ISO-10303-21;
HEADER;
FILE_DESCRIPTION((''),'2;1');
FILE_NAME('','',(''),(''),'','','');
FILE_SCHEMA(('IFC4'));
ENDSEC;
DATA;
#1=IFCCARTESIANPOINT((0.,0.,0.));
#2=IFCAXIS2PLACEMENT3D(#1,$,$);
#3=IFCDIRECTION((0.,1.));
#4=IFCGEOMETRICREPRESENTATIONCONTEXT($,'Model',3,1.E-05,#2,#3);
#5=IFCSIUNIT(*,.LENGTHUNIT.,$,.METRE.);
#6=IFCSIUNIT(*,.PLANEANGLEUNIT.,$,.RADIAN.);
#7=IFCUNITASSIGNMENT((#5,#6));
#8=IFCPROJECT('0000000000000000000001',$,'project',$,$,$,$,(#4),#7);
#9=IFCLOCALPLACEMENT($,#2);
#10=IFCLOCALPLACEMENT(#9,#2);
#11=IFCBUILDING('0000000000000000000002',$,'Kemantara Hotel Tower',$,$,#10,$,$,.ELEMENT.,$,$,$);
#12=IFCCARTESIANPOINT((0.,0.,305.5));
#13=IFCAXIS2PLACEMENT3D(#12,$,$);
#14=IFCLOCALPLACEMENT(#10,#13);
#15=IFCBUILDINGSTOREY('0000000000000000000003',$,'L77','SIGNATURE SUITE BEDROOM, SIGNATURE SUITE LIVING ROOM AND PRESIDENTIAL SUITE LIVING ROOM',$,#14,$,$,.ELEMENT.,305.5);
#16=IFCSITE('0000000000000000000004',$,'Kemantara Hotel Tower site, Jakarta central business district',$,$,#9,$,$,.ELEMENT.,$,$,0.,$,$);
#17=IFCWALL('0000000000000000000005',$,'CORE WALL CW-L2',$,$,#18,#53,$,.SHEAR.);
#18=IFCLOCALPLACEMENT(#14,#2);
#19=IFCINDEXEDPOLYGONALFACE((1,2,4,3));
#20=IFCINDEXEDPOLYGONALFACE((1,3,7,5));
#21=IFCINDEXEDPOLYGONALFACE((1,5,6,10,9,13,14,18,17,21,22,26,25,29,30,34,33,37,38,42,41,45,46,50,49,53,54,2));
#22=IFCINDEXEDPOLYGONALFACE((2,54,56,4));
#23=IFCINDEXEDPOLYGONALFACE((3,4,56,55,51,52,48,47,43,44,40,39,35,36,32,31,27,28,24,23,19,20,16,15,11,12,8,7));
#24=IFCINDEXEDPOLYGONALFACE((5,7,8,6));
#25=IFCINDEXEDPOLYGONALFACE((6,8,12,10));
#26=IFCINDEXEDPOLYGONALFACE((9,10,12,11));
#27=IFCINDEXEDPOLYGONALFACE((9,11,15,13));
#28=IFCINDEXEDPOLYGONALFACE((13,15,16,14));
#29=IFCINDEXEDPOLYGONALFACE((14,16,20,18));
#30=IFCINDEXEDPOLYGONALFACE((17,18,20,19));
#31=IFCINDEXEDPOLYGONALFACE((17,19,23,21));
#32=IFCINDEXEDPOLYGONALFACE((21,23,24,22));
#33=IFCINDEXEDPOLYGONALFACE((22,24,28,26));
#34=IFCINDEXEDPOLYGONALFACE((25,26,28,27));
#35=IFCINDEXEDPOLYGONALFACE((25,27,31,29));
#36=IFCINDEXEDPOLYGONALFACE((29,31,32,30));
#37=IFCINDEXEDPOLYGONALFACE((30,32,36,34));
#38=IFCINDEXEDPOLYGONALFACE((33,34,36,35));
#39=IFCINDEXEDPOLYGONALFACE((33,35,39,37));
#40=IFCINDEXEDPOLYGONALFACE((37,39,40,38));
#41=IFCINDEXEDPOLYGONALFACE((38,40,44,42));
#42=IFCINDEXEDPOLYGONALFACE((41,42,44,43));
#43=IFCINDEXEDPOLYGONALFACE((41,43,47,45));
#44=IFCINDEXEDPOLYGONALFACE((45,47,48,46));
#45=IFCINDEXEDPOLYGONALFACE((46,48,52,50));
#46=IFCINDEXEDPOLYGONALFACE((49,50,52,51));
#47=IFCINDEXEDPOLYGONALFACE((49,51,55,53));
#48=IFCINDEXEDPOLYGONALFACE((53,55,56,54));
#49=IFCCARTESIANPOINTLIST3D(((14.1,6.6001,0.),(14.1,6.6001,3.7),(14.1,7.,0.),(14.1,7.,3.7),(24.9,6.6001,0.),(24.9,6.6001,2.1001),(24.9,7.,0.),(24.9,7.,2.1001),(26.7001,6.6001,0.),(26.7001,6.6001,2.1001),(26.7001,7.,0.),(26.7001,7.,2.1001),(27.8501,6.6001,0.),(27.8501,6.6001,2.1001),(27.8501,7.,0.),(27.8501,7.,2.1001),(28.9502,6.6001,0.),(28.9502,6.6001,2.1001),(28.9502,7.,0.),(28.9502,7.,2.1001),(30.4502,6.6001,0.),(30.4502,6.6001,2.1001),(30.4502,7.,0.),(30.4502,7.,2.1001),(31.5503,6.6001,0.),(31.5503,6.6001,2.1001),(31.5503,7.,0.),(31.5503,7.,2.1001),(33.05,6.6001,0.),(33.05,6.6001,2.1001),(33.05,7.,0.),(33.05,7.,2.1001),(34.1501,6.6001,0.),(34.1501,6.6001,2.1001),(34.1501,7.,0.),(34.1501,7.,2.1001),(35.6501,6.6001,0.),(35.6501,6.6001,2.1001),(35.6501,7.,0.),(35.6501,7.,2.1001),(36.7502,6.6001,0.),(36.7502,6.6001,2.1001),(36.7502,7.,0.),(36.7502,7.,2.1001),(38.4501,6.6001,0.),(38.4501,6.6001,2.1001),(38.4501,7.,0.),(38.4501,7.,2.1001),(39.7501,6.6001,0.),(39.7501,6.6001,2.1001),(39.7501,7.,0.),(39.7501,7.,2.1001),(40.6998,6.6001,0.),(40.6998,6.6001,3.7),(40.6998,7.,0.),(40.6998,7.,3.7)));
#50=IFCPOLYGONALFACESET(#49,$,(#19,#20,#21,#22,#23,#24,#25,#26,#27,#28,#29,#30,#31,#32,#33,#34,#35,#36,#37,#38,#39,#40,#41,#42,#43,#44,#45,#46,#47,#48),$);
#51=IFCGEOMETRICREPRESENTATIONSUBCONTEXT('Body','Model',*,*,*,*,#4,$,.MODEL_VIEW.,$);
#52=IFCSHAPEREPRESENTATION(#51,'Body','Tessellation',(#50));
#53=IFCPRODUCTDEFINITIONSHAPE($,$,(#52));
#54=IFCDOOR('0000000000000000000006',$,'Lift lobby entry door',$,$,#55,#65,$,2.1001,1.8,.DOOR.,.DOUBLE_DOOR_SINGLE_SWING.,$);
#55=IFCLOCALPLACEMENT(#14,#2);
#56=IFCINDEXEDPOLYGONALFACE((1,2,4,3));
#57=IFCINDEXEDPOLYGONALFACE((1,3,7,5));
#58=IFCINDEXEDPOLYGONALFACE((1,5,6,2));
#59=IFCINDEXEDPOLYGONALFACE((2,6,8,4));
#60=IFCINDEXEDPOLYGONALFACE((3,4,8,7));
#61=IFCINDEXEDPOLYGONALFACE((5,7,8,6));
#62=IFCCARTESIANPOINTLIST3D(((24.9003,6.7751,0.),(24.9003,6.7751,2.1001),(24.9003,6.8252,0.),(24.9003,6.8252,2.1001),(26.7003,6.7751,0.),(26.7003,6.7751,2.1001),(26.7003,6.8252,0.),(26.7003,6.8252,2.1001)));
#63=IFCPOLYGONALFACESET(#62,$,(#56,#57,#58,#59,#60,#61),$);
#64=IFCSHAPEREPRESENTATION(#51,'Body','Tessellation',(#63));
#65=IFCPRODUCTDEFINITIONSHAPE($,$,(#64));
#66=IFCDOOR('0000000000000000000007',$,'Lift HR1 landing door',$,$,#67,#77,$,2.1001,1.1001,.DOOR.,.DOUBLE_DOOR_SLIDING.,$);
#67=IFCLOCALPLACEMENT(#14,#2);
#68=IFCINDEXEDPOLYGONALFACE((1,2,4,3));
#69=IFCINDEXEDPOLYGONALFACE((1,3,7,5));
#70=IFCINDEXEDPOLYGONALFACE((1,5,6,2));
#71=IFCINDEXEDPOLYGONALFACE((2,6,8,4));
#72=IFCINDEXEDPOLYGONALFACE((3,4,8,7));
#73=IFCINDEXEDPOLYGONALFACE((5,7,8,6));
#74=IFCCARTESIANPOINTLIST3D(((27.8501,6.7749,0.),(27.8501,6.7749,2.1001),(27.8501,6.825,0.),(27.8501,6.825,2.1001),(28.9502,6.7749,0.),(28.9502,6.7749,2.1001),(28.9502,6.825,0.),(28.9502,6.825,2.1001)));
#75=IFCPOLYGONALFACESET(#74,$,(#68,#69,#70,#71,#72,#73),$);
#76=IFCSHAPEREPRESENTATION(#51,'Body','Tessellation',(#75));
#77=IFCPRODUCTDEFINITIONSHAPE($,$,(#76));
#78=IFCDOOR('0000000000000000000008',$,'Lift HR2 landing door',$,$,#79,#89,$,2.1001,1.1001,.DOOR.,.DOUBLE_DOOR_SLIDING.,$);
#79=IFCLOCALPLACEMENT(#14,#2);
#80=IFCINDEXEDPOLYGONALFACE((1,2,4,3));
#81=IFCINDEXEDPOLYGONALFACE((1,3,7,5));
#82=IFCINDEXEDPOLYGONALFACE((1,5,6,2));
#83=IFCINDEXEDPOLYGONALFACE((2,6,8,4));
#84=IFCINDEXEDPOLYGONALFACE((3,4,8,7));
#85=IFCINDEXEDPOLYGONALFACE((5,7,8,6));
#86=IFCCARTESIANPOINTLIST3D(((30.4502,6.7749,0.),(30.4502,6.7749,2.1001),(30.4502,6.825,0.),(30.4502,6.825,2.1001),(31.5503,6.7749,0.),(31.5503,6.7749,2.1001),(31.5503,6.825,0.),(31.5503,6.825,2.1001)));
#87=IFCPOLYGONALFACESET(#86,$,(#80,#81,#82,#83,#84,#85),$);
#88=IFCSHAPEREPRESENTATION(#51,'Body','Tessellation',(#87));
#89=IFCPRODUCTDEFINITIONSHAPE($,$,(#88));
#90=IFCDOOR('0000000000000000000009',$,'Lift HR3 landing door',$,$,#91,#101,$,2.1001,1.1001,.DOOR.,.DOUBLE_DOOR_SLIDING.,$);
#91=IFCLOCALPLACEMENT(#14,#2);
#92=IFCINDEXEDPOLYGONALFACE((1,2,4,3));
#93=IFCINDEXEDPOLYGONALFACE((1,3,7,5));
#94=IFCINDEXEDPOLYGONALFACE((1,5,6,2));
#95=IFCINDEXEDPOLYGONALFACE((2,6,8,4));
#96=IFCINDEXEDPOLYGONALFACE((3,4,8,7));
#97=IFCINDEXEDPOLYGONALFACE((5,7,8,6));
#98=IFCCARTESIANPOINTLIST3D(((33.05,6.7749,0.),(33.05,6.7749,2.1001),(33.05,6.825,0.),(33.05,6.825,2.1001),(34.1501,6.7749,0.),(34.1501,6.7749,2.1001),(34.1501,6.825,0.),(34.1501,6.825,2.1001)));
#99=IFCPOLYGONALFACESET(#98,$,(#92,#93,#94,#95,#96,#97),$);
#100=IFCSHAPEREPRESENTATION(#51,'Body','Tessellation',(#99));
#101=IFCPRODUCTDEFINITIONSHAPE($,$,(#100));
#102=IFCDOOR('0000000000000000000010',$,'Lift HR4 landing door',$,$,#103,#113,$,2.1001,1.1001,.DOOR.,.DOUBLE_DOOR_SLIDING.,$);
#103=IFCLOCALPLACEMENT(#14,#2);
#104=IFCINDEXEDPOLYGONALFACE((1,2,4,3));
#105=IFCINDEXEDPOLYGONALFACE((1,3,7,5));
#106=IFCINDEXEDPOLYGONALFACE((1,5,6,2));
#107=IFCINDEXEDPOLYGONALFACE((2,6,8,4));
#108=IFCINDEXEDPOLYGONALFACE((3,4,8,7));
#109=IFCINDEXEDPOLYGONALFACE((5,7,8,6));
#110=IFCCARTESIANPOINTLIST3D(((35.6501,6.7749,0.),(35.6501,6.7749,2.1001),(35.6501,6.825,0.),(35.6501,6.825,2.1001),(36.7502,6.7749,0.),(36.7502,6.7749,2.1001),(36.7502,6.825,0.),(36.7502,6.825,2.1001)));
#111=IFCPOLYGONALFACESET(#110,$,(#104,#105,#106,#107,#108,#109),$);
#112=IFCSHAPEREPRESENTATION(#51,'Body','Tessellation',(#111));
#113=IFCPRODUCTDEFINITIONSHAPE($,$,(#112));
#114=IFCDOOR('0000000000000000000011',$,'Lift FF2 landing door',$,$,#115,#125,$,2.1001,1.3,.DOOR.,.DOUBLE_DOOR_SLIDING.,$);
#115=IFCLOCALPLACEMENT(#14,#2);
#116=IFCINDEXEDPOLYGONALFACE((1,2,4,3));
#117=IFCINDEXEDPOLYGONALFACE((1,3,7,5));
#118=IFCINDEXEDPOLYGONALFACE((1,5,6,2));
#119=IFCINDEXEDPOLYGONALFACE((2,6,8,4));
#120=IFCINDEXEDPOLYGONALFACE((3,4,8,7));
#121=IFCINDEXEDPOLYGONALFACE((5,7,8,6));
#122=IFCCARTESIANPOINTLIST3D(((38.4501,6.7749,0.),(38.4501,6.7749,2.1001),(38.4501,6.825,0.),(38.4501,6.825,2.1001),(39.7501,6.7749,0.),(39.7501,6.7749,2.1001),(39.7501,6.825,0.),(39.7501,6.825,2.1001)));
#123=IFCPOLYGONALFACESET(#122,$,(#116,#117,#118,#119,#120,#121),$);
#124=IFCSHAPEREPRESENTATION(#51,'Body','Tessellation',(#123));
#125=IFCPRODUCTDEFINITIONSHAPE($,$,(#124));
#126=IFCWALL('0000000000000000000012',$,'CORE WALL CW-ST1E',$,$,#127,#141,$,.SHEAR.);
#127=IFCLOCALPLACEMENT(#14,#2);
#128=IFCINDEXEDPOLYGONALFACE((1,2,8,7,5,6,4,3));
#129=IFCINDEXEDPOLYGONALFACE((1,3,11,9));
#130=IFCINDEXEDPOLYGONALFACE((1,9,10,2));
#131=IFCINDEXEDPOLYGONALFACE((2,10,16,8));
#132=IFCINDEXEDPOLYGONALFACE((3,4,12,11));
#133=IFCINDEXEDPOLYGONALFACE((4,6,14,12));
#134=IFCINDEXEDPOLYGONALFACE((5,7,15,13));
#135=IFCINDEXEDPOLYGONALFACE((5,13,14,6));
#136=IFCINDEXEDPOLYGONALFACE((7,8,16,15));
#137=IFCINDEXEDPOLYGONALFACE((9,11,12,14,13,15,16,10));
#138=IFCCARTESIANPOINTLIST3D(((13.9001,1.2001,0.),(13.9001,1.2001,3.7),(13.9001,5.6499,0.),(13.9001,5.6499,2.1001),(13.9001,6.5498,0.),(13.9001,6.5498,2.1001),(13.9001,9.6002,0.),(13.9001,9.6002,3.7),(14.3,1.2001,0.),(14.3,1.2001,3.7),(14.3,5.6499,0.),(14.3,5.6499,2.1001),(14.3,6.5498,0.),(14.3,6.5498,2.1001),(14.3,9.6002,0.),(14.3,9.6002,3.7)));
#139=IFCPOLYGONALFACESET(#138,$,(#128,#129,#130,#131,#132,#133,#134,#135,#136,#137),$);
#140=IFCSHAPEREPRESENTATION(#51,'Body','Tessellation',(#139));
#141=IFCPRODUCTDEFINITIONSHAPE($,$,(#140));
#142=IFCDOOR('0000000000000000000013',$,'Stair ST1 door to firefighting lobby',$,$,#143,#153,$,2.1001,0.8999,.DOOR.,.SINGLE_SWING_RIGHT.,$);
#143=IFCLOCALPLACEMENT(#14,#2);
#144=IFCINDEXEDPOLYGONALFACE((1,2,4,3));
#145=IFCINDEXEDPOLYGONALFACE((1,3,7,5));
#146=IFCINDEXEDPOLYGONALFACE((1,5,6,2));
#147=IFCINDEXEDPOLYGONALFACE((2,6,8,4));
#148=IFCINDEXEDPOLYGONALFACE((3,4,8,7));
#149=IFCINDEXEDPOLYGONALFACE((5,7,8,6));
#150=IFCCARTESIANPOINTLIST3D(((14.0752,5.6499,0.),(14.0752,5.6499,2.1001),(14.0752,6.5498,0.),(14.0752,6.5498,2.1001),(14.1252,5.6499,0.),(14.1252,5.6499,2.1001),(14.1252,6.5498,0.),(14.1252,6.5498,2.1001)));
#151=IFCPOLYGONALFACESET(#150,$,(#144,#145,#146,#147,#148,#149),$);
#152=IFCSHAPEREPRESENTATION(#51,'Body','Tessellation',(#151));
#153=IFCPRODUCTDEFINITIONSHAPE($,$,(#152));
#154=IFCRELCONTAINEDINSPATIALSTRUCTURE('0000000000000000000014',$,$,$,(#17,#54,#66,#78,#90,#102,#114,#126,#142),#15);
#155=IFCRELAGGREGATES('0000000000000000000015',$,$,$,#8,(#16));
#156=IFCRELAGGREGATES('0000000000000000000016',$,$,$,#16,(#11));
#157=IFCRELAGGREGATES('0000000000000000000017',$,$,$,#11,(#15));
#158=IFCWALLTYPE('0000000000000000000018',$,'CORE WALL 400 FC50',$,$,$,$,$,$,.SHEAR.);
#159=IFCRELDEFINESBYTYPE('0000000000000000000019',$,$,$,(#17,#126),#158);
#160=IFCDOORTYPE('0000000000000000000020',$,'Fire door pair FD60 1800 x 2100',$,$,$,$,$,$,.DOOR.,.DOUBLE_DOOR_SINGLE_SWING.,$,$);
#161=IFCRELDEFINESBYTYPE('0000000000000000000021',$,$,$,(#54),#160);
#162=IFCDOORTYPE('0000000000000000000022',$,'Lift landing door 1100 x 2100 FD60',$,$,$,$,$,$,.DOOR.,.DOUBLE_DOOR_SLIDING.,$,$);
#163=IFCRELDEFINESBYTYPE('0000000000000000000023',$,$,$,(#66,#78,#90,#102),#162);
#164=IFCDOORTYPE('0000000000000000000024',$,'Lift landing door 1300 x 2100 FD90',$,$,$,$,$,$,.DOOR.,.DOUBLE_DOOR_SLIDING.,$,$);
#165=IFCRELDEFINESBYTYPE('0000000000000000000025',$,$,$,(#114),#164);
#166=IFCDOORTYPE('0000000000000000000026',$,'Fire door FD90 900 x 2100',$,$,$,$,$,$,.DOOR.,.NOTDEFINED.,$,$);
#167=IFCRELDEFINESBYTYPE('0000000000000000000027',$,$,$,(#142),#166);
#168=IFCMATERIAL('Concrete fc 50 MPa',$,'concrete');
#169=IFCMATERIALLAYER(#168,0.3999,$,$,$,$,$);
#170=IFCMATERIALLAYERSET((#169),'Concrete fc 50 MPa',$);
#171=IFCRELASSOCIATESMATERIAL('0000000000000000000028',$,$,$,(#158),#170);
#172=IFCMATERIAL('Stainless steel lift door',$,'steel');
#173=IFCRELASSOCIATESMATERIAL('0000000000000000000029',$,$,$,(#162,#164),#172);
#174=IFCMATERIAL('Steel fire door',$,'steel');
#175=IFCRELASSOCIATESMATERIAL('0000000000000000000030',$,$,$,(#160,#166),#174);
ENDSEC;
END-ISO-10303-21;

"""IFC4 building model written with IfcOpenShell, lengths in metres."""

from ifc_helpers import new_model, si_unit, direction, frame, frame_2d, origin, place, context, subcontext, project, spatial, rectangle, extrude, material, layer, layer_set, type_object, element, fill, save


model = new_model("IFC4")

# Units and contexts
model_context = context("Model", 3, precision=1e-05, world=origin(), true_north=direction((0.0, 1.0)))
body_context = subcontext(model_context, "Body", "Model", "MODEL_VIEW")
ifc_project = project(units=[si_unit("LENGTHUNIT", "METRE"), si_unit("PLANEANGLEUNIT", "RADIAN")], contexts=[model_context])

# Site, building, storey
site_placement = place(None, origin())
site = spatial("IfcSite", under=ifc_project, at=site_placement, Name="Kemantara Hotel Tower site, Jakarta central business district", CompositionType="ELEMENT", RefElevation=0.0)
building_placement = place(site_placement, origin())
building = spatial("IfcBuilding", under=site, at=building_placement, Name="Kemantara Hotel Tower", CompositionType="ELEMENT")
storey_placement = place(building_placement, frame((0.0, 0.0, 305.5)))
storey = spatial("IfcBuildingStorey", under=building, at=storey_placement, Name="L77", Description="SIGNATURE SUITE BEDROOM, SIGNATURE SUITE LIVING ROOM AND PRESIDENTIAL SUITE LIVING ROOM", CompositionType="ELEMENT", Elevation=305.5)

# Shared definitions
ifc_material_1 = material(Name="Concrete fc 50 MPa", Category="concrete")

# Wall, openings, doors
ifc_layer_1 = layer(ifc_material_1, 0.3999)
ifc_layer_set_1 = layer_set([ifc_layer_1], Name="Concrete fc 50 MPa")
wall_type_1 = type_object("IfcWallType", Name="CORE WALL 400 FC50", PredefinedType="SHEAR", material=ifc_layer_set_1)
ifc_material_2 = material(Name="Steel fire door", Category="steel")
ifc_material_3 = material(Name="Stainless steel lift door", Category="steel")
door_type_1 = type_object("IfcDoorType", Name="Lift landing door 1100 x 2100 FD60", OperationType="DOUBLE_DOOR_SLIDING", PredefinedType="DOOR", material=ifc_material_3)
door_type_2 = type_object("IfcDoorType", Name="Lift landing door 1300 x 2100 FD90", OperationType="DOUBLE_DOOR_SLIDING", PredefinedType="DOOR", material=ifc_material_3)
wall_1_placement = place(storey_placement, frame((14.1001, 6.8, 0.0), z_axis=(0.0, 0.0, 1.0), x_axis=(1.0, 0.0, 0.0)))
wall_1 = element("IfcWall", 1, at=wall_1_placement, inside=storey, type_object=wall_type_1, Name="CORE WALL CW-L2", PredefinedType="SHEAR", context=body_context, shape_type="SweptSolid", body=[
    extrude(rectangle(XDim=26.5999, YDim=0.3999, at=frame_2d((13.2998, 0.0))), origin(), (0.0, 0.0, 1.0), 3.7),
])
opening_1_placement = place(wall_1_placement, frame((10.8, 0.0, 0.0)))
opening_1 = element("IfcOpeningElement", 2, at=opening_1_placement, cuts=wall_1, PredefinedType="OPENING", context=body_context, shape_type="SweptSolid", body=[
    extrude(rectangle(XDim=1.8, YDim=2.1001, at=frame_2d((0.8999, 1.05))), frame((0.0, 0.21, 0.0), z_axis=(0.0, -1.0, 0.0), x_axis=(1.0, 0.0, 0.0)), (0.0, 0.0, 1.0), 0.4199),
])
opening_2_placement = place(wall_1_placement, frame((13.75, 0.0, 0.0)))
opening_2 = element("IfcOpeningElement", 3, at=opening_2_placement, cuts=wall_1, PredefinedType="OPENING", context=body_context, shape_type="SweptSolid", body=[
    extrude(rectangle(XDim=1.1001, YDim=2.1001, at=frame_2d((0.55, 1.05))), frame((0.0, 0.21, 0.0), z_axis=(0.0, -1.0, 0.0), x_axis=(1.0, 0.0, 0.0)), (0.0, 0.0, 1.0), 0.4199),
])
opening_3_placement = place(wall_1_placement, frame((16.3501, 0.0, 0.0)))
opening_3 = element("IfcOpeningElement", 4, at=opening_3_placement, cuts=wall_1, PredefinedType="OPENING", context=body_context, shape_type="SweptSolid", body=[
    extrude(rectangle(XDim=1.1001, YDim=2.1001, at=frame_2d((0.55, 1.05))), frame((0.0, 0.21, 0.0), z_axis=(0.0, -1.0, 0.0), x_axis=(1.0, 0.0, 0.0)), (0.0, 0.0, 1.0), 0.4199),
])
opening_4_placement = place(wall_1_placement, frame((18.95, 0.0, 0.0)))
opening_4 = element("IfcOpeningElement", 5, at=opening_4_placement, cuts=wall_1, PredefinedType="OPENING", context=body_context, shape_type="SweptSolid", body=[
    extrude(rectangle(XDim=1.1001, YDim=2.1001, at=frame_2d((0.55, 1.05))), frame((0.0, 0.21, 0.0), z_axis=(0.0, -1.0, 0.0), x_axis=(1.0, 0.0, 0.0)), (0.0, 0.0, 1.0), 0.4199),
])
opening_5_placement = place(wall_1_placement, frame((21.55, 0.0, 0.0)))
opening_5 = element("IfcOpeningElement", 6, at=opening_5_placement, cuts=wall_1, PredefinedType="OPENING", context=body_context, shape_type="SweptSolid", body=[
    extrude(rectangle(XDim=1.1001, YDim=2.1001, at=frame_2d((0.55, 1.05))), frame((0.0, 0.21, 0.0), z_axis=(0.0, -1.0, 0.0), x_axis=(1.0, 0.0, 0.0)), (0.0, 0.0, 1.0), 0.4199),
])
opening_6_placement = place(wall_1_placement, frame((24.3501, 0.0, 0.0)))
opening_6 = element("IfcOpeningElement", 7, at=opening_6_placement, cuts=wall_1, PredefinedType="OPENING", context=body_context, shape_type="SweptSolid", body=[
    extrude(rectangle(XDim=1.3, YDim=2.1001, at=frame_2d((0.6499, 1.05))), frame((0.0, 0.21, 0.0), z_axis=(0.0, -1.0, 0.0), x_axis=(1.0, 0.0, 0.0)), (0.0, 0.0, 1.0), 0.4199),
])
door_type_3 = type_object("IfcDoorType", Name="Fire door pair FD60 1800 x 2100", OperationType="DOUBLE_DOOR_SINGLE_SWING", PredefinedType="DOOR", material=ifc_material_2)
door_1_placement = place(opening_1_placement, frame((1.8, 0.0, 0.0), z_axis=(0.0, 0.0, 1.0), x_axis=(-1.0, 0.0, 0.0)))
door_1 = element("IfcDoor", 8, at=door_1_placement, inside=storey, type_object=door_type_3, Name="Lift lobby entry door", OperationType="DOUBLE_DOOR_SINGLE_SWING", OverallHeight=2.1001, OverallWidth=1.8, PredefinedType="DOOR", context=body_context, shape_type="SweptSolid", body=[
    extrude(rectangle(XDim=1.8, YDim=2.1001, at=frame_2d((0.8999, 1.05))), frame((0.0, 0.0249, 0.0), z_axis=(0.0, -1.0, 0.0), x_axis=(1.0, 0.0, 0.0)), (0.0, 0.0, 1.0), 0.05),
])
fill(opening_1, door_1)
door_2_placement = place(opening_2_placement, origin())
door_2 = element("IfcDoor", 9, at=door_2_placement, inside=storey, type_object=door_type_1, Name="Lift HR1 landing door", OperationType="DOUBLE_DOOR_SLIDING", OverallHeight=2.1001, OverallWidth=1.1001, PredefinedType="DOOR", context=body_context, shape_type="SweptSolid", body=[
    extrude(rectangle(XDim=1.1001, YDim=2.1001, at=frame_2d((0.55, 1.05))), frame((0.0, 0.0249, 0.0), z_axis=(0.0, -1.0, 0.0), x_axis=(1.0, 0.0, 0.0)), (0.0, 0.0, 1.0), 0.05),
])
fill(opening_2, door_2)
door_3_placement = place(opening_3_placement, origin())
door_3 = element("IfcDoor", 10, at=door_3_placement, inside=storey, type_object=door_type_1, Name="Lift HR2 landing door", OperationType="DOUBLE_DOOR_SLIDING", OverallHeight=2.1001, OverallWidth=1.1001, PredefinedType="DOOR", context=body_context, shape_type="SweptSolid", body=[
    extrude(rectangle(XDim=1.1001, YDim=2.1001, at=frame_2d((0.55, 1.05))), frame((0.0, 0.0249, 0.0), z_axis=(0.0, -1.0, 0.0), x_axis=(1.0, 0.0, 0.0)), (0.0, 0.0, 1.0), 0.05),
])
fill(opening_3, door_3)
door_4_placement = place(opening_4_placement, origin())
door_4 = element("IfcDoor", 11, at=door_4_placement, inside=storey, type_object=door_type_1, Name="Lift HR3 landing door", OperationType="DOUBLE_DOOR_SLIDING", OverallHeight=2.1001, OverallWidth=1.1001, PredefinedType="DOOR", context=body_context, shape_type="SweptSolid", body=[
    extrude(rectangle(XDim=1.1001, YDim=2.1001, at=frame_2d((0.55, 1.05))), frame((0.0, 0.0249, 0.0), z_axis=(0.0, -1.0, 0.0), x_axis=(1.0, 0.0, 0.0)), (0.0, 0.0, 1.0), 0.05),
])
fill(opening_4, door_4)
door_5_placement = place(opening_5_placement, origin())
door_5 = element("IfcDoor", 12, at=door_5_placement, inside=storey, type_object=door_type_1, Name="Lift HR4 landing door", OperationType="DOUBLE_DOOR_SLIDING", OverallHeight=2.1001, OverallWidth=1.1001, PredefinedType="DOOR", context=body_context, shape_type="SweptSolid", body=[
    extrude(rectangle(XDim=1.1001, YDim=2.1001, at=frame_2d((0.55, 1.05))), frame((0.0, 0.0249, 0.0), z_axis=(0.0, -1.0, 0.0), x_axis=(1.0, 0.0, 0.0)), (0.0, 0.0, 1.0), 0.05),
])
fill(opening_5, door_5)
door_6_placement = place(opening_6_placement, origin())
door_6 = element("IfcDoor", 13, at=door_6_placement, inside=storey, type_object=door_type_2, Name="Lift FF2 landing door", OperationType="DOUBLE_DOOR_SLIDING", OverallHeight=2.1001, OverallWidth=1.3, PredefinedType="DOOR", context=body_context, shape_type="SweptSolid", body=[
    extrude(rectangle(XDim=1.3, YDim=2.1001, at=frame_2d((0.6499, 1.05))), frame((0.0, 0.0249, 0.0), z_axis=(0.0, -1.0, 0.0), x_axis=(1.0, 0.0, 0.0)), (0.0, 0.0, 1.0), 0.05),
])
fill(opening_6, door_6)

# Wall, opening, door
wall_2_placement = place(storey_placement, frame((14.1001, 1.2, 0.0), z_axis=(0.0, 0.0, 1.0), x_axis=(0.0, 1.0, 0.0)))
wall_2 = element("IfcWall", 14, at=wall_2_placement, inside=storey, type_object=wall_type_1, Name="CORE WALL CW-ST1E", PredefinedType="SHEAR", context=body_context, shape_type="SweptSolid", body=[
    extrude(rectangle(XDim=8.4001, YDim=0.3999, at=frame_2d((4.2002, 0.0))), origin(), (0.0, 0.0, 1.0), 3.7),
])
opening_7_placement = place(wall_2_placement, frame((4.45, 0.0, 0.0)))
opening_7 = element("IfcOpeningElement", 15, at=opening_7_placement, cuts=wall_2, PredefinedType="OPENING", context=body_context, shape_type="SweptSolid", body=[
    extrude(rectangle(XDim=0.8999, YDim=2.1001, at=frame_2d((0.45, 1.05))), frame((0.0, 0.21, 0.0), z_axis=(0.0, -1.0, 0.0), x_axis=(1.0, 0.0, 0.0)), (0.0, 0.0, 1.0), 0.4199),
])
door_type_4 = type_object("IfcDoorType", Name="Fire door FD90 900 x 2100", OperationType="NOTDEFINED", PredefinedType="DOOR", material=ifc_material_2)
door_7_placement = place(opening_7_placement, origin())
door_7 = element("IfcDoor", 16, at=door_7_placement, inside=storey, type_object=door_type_4, Name="Stair ST1 door to firefighting lobby", OperationType="SINGLE_SWING_RIGHT", OverallHeight=2.1001, OverallWidth=0.8999, PredefinedType="DOOR", context=body_context, shape_type="SweptSolid", body=[
    extrude(rectangle(XDim=0.8999, YDim=2.1001, at=frame_2d((0.45, 1.05))), frame((0.0, 0.0249, 0.0), z_axis=(0.0, -1.0, 0.0), x_axis=(1.0, 0.0, 0.0)), (0.0, 0.0, 1.0), 0.05),
])
fill(opening_7, door_7)

save(model, "model.ifc")
